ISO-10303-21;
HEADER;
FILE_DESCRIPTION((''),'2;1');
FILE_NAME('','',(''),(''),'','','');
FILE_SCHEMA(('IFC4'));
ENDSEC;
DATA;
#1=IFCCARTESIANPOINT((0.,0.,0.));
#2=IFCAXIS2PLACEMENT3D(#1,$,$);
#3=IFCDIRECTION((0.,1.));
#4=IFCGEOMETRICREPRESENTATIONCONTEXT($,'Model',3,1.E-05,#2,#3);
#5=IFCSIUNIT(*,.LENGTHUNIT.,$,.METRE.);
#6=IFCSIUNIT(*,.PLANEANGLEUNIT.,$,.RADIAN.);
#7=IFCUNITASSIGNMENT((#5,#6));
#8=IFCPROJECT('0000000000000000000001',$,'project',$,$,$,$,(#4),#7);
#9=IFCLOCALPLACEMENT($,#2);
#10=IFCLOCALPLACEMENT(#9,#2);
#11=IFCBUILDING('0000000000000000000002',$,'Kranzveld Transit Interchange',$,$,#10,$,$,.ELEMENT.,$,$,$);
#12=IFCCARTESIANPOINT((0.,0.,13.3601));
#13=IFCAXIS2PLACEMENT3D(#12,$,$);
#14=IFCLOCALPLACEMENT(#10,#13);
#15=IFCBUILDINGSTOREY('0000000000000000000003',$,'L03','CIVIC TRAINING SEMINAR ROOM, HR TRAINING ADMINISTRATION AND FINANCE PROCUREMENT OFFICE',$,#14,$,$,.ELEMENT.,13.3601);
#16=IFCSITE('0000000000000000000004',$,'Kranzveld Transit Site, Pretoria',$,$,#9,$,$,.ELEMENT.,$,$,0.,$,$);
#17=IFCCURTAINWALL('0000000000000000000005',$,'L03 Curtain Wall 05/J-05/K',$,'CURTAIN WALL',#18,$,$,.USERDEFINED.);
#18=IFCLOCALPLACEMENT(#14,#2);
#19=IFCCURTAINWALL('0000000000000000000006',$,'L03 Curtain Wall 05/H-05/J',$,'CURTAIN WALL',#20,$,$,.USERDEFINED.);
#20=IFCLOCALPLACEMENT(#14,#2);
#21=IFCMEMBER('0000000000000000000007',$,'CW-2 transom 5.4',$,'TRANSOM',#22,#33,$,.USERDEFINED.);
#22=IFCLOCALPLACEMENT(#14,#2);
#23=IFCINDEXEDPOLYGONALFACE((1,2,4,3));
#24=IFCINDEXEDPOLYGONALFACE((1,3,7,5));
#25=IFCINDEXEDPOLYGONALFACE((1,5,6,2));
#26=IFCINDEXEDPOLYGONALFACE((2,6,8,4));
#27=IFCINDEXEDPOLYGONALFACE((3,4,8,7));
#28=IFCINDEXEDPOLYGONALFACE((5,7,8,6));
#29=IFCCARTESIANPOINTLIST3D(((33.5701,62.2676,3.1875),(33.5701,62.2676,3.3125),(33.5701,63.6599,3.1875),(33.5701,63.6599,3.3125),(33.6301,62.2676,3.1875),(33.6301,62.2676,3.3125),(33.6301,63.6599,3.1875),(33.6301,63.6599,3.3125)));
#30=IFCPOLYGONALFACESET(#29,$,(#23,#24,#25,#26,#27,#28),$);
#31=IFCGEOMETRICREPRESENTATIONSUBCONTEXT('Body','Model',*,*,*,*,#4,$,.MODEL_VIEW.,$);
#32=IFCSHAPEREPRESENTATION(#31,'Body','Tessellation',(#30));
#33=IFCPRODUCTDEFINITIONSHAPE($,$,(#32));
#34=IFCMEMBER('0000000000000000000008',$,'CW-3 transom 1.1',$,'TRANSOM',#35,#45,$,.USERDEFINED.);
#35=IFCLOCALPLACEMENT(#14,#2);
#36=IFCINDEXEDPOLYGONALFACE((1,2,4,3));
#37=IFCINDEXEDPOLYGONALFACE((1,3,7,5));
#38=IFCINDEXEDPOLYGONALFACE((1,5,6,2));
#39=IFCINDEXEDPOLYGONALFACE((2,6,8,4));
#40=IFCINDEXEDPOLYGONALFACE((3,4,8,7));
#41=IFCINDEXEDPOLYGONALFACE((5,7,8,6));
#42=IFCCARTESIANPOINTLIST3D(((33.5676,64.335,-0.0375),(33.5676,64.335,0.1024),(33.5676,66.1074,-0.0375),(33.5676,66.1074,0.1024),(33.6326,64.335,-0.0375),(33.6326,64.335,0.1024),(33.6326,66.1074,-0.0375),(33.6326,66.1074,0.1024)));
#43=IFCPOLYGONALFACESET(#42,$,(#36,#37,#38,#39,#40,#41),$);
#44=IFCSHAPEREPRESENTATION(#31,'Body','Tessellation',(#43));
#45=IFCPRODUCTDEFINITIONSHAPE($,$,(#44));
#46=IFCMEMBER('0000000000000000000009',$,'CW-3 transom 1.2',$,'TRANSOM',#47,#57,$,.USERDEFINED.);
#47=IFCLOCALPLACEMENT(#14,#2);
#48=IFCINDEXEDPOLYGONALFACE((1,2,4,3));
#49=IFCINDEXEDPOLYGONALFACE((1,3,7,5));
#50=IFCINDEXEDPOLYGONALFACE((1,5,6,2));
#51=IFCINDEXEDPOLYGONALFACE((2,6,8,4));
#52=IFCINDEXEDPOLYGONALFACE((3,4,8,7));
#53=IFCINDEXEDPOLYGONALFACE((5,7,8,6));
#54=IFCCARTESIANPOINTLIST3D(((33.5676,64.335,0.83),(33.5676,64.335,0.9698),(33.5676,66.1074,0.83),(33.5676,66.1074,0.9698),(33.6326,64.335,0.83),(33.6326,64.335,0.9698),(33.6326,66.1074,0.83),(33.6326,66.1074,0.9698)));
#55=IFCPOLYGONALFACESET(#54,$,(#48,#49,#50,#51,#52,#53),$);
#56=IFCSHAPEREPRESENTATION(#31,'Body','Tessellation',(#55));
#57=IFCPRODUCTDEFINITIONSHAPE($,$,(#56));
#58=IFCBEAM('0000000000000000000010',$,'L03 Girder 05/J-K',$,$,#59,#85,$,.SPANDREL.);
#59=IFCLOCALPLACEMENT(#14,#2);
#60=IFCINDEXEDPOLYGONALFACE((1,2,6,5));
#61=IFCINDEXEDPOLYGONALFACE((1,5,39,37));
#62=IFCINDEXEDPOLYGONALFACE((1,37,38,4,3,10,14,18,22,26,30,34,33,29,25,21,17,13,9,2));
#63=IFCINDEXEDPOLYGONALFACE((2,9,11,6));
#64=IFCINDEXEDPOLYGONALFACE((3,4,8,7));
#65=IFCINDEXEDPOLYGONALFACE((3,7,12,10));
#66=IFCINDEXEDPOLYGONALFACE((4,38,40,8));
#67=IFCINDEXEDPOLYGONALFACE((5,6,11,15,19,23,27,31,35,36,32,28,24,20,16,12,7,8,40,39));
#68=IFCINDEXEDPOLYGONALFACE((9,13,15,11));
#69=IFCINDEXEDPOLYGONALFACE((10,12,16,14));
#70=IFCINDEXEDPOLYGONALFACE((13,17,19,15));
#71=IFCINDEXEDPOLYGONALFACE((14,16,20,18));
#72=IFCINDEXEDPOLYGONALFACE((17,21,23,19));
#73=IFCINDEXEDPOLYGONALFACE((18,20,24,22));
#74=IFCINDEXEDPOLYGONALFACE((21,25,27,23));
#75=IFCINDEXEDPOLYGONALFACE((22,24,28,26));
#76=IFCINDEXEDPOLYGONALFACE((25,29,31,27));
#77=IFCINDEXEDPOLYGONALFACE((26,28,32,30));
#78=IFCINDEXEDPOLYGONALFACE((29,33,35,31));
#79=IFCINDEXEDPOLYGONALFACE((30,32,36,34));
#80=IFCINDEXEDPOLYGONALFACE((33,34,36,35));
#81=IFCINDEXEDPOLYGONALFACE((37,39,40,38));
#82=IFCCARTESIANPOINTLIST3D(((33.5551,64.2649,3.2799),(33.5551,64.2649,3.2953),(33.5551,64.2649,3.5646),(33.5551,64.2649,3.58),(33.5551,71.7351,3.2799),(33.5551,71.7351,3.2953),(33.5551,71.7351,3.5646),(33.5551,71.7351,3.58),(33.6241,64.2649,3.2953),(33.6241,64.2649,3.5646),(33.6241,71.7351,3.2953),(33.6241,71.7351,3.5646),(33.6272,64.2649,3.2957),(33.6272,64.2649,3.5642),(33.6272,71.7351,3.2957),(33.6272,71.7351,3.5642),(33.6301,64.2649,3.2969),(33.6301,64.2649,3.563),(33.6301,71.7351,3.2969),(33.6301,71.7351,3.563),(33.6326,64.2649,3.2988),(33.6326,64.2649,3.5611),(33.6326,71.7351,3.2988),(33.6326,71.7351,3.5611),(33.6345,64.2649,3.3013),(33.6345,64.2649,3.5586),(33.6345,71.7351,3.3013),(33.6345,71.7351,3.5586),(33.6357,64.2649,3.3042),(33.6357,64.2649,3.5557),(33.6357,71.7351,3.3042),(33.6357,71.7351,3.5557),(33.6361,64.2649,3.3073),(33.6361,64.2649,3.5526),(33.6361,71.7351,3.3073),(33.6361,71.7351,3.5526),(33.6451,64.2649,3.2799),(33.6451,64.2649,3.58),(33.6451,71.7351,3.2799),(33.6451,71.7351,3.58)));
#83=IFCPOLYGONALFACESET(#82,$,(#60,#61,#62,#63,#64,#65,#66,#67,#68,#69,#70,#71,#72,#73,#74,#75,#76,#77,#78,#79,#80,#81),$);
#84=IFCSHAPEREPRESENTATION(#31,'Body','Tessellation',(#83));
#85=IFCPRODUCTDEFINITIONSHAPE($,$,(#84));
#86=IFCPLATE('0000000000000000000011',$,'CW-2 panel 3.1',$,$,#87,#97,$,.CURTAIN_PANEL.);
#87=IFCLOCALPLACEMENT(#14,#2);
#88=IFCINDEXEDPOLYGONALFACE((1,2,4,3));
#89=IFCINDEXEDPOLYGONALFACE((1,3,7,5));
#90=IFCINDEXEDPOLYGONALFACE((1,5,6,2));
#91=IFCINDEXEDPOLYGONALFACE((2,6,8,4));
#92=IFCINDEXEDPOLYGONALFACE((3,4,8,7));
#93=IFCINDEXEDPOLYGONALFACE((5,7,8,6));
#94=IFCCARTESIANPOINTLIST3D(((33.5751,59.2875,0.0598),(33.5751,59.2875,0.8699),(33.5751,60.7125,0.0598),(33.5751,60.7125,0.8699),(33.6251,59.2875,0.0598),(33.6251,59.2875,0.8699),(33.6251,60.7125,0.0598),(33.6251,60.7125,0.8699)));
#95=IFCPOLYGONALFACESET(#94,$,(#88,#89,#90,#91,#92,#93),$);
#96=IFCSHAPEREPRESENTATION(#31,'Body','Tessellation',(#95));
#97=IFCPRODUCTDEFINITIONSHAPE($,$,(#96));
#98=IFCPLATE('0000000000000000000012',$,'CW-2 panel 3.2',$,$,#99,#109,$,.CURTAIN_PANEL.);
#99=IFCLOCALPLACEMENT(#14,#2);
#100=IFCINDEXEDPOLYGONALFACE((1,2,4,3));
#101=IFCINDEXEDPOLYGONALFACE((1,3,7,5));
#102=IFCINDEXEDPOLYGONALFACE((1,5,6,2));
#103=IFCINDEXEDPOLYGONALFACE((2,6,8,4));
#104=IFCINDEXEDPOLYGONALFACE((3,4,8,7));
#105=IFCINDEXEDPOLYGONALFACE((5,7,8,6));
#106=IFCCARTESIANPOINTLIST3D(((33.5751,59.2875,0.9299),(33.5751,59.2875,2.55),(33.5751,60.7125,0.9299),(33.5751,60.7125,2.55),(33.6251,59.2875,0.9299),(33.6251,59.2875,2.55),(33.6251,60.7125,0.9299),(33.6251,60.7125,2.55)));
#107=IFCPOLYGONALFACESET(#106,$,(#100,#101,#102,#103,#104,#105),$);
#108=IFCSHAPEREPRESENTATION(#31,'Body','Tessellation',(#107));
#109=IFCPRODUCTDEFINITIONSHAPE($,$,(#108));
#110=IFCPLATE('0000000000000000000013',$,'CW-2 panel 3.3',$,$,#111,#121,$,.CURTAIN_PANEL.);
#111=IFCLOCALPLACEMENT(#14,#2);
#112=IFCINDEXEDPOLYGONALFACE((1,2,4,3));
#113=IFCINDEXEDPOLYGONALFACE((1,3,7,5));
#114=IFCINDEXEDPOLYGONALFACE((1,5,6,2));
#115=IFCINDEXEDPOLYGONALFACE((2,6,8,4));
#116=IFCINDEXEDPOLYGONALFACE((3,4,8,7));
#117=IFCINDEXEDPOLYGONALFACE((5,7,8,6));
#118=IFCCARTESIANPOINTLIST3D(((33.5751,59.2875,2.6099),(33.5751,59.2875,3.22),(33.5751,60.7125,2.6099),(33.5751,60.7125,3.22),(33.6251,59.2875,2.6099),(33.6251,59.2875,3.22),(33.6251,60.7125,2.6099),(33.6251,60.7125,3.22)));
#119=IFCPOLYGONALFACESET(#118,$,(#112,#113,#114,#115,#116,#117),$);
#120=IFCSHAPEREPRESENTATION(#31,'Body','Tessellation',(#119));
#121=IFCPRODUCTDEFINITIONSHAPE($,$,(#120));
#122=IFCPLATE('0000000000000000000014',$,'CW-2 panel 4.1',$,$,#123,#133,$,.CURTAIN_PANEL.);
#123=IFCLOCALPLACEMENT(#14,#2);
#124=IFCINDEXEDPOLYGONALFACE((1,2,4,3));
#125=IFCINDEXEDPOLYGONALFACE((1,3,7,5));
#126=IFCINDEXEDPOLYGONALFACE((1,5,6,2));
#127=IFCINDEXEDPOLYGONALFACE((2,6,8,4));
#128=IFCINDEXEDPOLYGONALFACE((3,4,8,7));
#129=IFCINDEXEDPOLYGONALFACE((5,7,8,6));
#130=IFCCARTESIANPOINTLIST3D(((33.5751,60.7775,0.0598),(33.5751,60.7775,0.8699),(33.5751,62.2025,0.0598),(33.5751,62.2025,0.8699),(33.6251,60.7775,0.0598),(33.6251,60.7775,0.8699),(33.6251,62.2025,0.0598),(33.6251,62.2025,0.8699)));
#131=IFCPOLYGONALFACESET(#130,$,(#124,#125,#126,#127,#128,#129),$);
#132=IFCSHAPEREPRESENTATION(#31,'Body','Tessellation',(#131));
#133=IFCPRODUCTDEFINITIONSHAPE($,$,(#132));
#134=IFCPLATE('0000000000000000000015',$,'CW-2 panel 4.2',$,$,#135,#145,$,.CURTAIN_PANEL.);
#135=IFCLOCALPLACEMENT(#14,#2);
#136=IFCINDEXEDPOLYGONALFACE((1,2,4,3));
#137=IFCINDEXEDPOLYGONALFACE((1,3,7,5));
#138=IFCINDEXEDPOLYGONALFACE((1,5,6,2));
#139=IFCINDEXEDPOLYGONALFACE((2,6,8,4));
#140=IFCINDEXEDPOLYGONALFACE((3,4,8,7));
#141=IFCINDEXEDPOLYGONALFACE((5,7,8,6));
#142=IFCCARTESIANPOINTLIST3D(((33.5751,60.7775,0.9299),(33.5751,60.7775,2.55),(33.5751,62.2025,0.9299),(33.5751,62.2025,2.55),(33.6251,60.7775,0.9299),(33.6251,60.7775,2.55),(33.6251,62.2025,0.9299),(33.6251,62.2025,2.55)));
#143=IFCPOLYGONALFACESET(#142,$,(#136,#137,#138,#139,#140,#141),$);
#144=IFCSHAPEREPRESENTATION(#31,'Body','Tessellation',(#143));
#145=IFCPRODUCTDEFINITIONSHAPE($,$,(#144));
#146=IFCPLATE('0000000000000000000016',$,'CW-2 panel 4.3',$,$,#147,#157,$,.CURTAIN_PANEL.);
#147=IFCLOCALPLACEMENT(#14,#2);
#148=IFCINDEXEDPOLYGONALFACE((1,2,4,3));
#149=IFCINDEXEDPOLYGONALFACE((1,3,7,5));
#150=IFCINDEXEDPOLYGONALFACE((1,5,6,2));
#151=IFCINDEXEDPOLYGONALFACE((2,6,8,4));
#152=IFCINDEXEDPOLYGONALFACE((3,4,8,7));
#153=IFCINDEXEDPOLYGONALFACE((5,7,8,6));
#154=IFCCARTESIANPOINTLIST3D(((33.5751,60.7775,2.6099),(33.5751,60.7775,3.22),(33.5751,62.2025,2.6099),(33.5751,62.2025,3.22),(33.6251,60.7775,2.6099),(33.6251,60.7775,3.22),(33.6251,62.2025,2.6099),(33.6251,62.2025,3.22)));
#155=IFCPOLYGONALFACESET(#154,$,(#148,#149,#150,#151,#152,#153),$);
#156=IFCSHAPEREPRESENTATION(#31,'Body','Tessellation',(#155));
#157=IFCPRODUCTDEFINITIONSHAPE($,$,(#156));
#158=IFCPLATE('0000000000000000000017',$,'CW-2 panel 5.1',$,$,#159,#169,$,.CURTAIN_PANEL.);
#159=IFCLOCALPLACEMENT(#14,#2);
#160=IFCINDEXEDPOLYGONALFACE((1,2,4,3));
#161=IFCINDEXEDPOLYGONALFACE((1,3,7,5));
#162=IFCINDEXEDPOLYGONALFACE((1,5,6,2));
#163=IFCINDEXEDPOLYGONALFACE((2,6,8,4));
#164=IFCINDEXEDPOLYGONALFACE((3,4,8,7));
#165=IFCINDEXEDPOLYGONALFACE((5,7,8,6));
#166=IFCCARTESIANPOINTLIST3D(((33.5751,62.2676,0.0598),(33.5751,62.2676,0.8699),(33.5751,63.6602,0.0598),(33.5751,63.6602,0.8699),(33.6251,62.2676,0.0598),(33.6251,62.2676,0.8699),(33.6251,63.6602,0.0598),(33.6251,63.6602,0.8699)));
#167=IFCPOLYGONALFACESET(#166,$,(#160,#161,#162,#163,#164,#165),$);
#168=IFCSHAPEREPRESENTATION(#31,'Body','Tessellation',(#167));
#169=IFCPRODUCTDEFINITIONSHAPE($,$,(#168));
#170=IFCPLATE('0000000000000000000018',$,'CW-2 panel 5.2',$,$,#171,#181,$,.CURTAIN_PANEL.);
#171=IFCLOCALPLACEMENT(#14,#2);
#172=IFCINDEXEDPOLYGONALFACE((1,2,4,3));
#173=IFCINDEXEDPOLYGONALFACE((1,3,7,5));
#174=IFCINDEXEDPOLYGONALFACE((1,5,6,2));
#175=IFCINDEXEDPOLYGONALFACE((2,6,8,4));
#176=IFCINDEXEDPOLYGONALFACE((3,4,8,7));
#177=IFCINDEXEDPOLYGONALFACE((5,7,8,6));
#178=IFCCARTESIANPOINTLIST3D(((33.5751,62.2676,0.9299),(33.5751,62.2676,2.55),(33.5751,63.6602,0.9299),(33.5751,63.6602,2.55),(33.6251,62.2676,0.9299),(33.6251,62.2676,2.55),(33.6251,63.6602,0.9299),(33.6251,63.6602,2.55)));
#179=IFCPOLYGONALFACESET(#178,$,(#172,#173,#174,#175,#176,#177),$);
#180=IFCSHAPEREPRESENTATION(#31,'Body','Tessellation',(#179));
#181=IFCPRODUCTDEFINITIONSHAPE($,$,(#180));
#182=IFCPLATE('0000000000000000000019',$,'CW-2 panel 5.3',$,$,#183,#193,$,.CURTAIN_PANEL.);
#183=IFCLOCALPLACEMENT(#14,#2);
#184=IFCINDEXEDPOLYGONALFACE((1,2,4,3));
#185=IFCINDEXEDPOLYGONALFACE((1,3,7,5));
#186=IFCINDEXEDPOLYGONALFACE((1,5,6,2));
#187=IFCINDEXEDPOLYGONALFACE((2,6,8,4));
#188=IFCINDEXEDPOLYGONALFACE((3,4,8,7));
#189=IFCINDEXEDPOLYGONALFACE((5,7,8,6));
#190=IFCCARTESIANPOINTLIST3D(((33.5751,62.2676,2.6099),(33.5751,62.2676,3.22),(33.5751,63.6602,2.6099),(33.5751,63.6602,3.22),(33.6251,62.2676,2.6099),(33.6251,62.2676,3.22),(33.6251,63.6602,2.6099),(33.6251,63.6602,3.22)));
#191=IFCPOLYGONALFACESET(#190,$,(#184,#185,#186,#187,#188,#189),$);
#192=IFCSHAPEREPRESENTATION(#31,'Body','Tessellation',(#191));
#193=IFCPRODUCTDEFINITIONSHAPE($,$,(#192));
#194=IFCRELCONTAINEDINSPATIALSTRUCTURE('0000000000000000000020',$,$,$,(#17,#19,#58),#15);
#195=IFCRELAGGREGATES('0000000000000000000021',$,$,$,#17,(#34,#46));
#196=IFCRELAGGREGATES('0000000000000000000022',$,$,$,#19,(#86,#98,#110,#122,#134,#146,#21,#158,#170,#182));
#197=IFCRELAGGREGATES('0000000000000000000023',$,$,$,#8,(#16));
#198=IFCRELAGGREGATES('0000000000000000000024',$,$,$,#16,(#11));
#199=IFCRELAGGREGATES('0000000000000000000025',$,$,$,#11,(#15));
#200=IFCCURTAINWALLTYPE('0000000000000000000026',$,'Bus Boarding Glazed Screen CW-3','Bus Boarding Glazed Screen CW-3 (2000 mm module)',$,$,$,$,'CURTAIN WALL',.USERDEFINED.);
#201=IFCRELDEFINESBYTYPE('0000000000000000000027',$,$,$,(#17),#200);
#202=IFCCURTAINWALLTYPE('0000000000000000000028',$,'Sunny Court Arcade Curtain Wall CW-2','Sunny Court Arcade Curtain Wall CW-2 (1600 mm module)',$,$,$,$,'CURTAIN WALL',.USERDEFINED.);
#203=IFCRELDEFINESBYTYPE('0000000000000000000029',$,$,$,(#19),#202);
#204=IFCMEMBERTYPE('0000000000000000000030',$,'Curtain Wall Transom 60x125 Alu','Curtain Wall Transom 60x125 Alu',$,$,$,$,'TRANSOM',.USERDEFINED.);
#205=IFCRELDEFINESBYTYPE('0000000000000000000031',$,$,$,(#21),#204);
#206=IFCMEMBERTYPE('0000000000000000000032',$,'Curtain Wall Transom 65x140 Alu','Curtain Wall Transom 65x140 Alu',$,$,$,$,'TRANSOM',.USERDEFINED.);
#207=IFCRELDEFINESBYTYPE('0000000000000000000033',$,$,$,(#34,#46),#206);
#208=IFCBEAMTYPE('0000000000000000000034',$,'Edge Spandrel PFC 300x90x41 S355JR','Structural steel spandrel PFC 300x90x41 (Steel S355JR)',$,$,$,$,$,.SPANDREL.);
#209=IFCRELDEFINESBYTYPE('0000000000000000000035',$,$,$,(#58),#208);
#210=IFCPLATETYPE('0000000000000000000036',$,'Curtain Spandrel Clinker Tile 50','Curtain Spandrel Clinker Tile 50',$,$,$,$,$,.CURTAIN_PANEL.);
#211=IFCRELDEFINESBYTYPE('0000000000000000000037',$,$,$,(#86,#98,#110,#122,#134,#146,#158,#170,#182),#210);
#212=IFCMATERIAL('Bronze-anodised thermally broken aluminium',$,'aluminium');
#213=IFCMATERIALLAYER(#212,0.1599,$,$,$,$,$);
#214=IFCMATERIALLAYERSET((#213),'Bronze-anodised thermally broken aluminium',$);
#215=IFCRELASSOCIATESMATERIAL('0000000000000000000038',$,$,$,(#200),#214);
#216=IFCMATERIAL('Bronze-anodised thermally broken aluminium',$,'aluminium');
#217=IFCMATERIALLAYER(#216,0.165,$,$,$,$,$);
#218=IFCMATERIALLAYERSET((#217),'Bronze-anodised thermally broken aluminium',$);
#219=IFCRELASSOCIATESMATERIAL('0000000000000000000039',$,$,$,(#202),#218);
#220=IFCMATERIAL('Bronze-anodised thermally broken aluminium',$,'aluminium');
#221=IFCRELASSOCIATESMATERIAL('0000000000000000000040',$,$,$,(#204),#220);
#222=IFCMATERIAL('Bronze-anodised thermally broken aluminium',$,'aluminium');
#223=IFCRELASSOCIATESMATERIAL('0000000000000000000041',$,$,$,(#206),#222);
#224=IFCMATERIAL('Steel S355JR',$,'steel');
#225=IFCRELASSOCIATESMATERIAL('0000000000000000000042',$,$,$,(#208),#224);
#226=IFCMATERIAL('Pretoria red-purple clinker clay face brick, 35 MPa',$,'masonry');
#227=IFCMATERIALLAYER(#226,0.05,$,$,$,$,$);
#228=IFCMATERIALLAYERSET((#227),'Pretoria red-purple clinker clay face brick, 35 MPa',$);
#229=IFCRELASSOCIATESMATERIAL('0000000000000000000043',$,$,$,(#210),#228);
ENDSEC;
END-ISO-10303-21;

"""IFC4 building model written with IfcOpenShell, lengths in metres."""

from ifc_helpers import new_model, si_unit, direction, frame, origin, origin_2d, place, context, subcontext, project, spatial, rectangle, u_section, extrude, material, layer, layer_set, material_profile, profile_set, type_object, element, aggregate, save


model = new_model("IFC4")

# Units and contexts
model_context = context("Model", 3, precision=1e-05, world=origin(), true_north=direction((0.0, 1.0)))
body_context = subcontext(model_context, "Body", "Model", "MODEL_VIEW")
ifc_project = project(units=[si_unit("LENGTHUNIT", "METRE"), si_unit("PLANEANGLEUNIT", "RADIAN")], contexts=[model_context])

# Site, building, storey
site_placement = place(None, origin())
site = spatial("IfcSite", under=ifc_project, at=site_placement, Name="Kranzveld Transit Site, Pretoria", CompositionType="ELEMENT", RefElevation=0.0)
building_placement = place(site_placement, origin())
building = spatial("IfcBuilding", under=site, at=building_placement, Name="Kranzveld Transit Interchange", CompositionType="ELEMENT")
storey_placement = place(building_placement, frame((0.0, 0.0, 13.3601)))
storey = spatial("IfcBuildingStorey", under=building, at=storey_placement, Name="L03", Description="CIVIC TRAINING SEMINAR ROOM, HR TRAINING ADMINISTRATION AND FINANCE PROCUREMENT OFFICE", CompositionType="ELEMENT", Elevation=13.3601)

# Curtain wall
ifc_material_1 = material(Name="Bronze-anodised thermally broken aluminium", Category="aluminium")
ifc_layer_1 = layer(ifc_material_1, 0.1599)
ifc_layer_set_1 = layer_set([ifc_layer_1], Name="Bronze-anodised thermally broken aluminium")
curtain_wall_type_1 = type_object("IfcCurtainWallType", Name="Bus Boarding Glazed Screen CW-3", Description="Bus Boarding Glazed Screen CW-3 (2000 mm module)", ElementType="CURTAIN WALL", PredefinedType="USERDEFINED", material=ifc_layer_set_1)
curtain_wall_1_placement = place(storey_placement, origin())
curtain_wall_1 = element("IfcCurtainWall", 1, at=curtain_wall_1_placement, inside=storey, type_object=curtain_wall_type_1, Name="L03 Curtain Wall 05/J-05/K", ObjectType="CURTAIN WALL", PredefinedType="USERDEFINED")

# Curtain wall, member
ifc_material_2 = material(Name="Bronze-anodised thermally broken aluminium", Category="aluminium")
ifc_layer_2 = layer(ifc_material_2, 0.165)
ifc_layer_set_2 = layer_set([ifc_layer_2], Name="Bronze-anodised thermally broken aluminium")
curtain_wall_type_2 = type_object("IfcCurtainWallType", Name="Sunny Court Arcade Curtain Wall CW-2", Description="Sunny Court Arcade Curtain Wall CW-2 (1600 mm module)", ElementType="CURTAIN WALL", PredefinedType="USERDEFINED", material=ifc_layer_set_2)
curtain_wall_2_placement = place(storey_placement, origin())
curtain_wall_2 = element("IfcCurtainWall", 2, at=curtain_wall_2_placement, inside=storey, type_object=curtain_wall_type_2, Name="L03 Curtain Wall 05/H-05/J", ObjectType="CURTAIN WALL", PredefinedType="USERDEFINED")
ifc_material_3 = material(Name="Bronze-anodised thermally broken aluminium", Category="aluminium")
ifc_material_profile_1 = material_profile(ifc_material_3, rectangle(XDim=0.0601, YDim=0.125, at=origin_2d()), Name="ALU TRANSOM 60x125")
ifc_profile_set_1 = profile_set([ifc_material_profile_1], Name="Bronze-anodised thermally broken aluminium")
member_type_1 = type_object("IfcMemberType", Name="Curtain Wall Transom 60x125 Alu", Description="Curtain Wall Transom 60x125 Alu", ElementType="TRANSOM", PredefinedType="USERDEFINED", material=ifc_profile_set_1)
member_1_placement = place(storey_placement, frame((33.6001, 62.2676, 3.25), z_axis=(0.0, 1.0, 0.0), x_axis=(-1.0, 0.0, 0.0)))
member_1 = element("IfcMember", 3, at=member_1_placement, type_object=member_type_1, Name="CW-2 transom 5.4", ObjectType="TRANSOM", PredefinedType="USERDEFINED", context=body_context, shape_type="SweptSolid", body=[
    extrude(rectangle(XDim=0.0601, YDim=0.125, at=origin_2d()), origin(), (0.0, 0.0, 1.0), 1.3923),
])

# Members
ifc_material_4 = material(Name="Bronze-anodised thermally broken aluminium", Category="aluminium")
ifc_material_profile_2 = material_profile(ifc_material_4, rectangle(XDim=0.0649, YDim=0.1399, at=origin_2d()), Name="ALU TRANSOM 65x140")
ifc_profile_set_2 = profile_set([ifc_material_profile_2], Name="Bronze-anodised thermally broken aluminium")
member_type_2 = type_object("IfcMemberType", Name="Curtain Wall Transom 65x140 Alu", Description="Curtain Wall Transom 65x140 Alu", ElementType="TRANSOM", PredefinedType="USERDEFINED", material=ifc_profile_set_2)
member_2_placement = place(storey_placement, frame((33.6001, 64.335, 0.0325), z_axis=(0.0, 1.0, 0.0), x_axis=(-1.0, 0.0, 0.0)))
member_2 = element("IfcMember", 4, at=member_2_placement, type_object=member_type_2, Name="CW-3 transom 1.1", ObjectType="TRANSOM", PredefinedType="USERDEFINED", context=body_context, shape_type="SweptSolid", body=[
    extrude(rectangle(XDim=0.0649, YDim=0.1399, at=origin_2d()), origin(), (0.0, 0.0, 1.0), 1.7725),
])
member_3_placement = place(storey_placement, frame((33.6001, 64.335, 0.8999), z_axis=(0.0, 1.0, 0.0), x_axis=(-1.0, 0.0, 0.0)))
member_3 = element("IfcMember", 5, at=member_3_placement, type_object=member_type_2, Name="CW-3 transom 1.2", ObjectType="TRANSOM", PredefinedType="USERDEFINED", context=body_context, shape_type="SweptSolid", body=[
    extrude(rectangle(XDim=0.0649, YDim=0.1399, at=origin_2d()), origin(), (0.0, 0.0, 1.0), 1.7725),
])
aggregate(curtain_wall_1, [member_2, member_3])

# Beam
ifc_material_5 = material(Name="Steel S355JR", Category="steel")
ifc_material_profile_3 = material_profile(ifc_material_5, u_section(Depth=0.3, FlangeWidth=0.0901, WebThickness=0.009, FlangeThickness=0.0154, FilletRadius=0.012, at=origin_2d()), Name="PFC 300x90x41")
ifc_profile_set_3 = profile_set([ifc_material_profile_3], Name="Steel S355JR")
beam_type = type_object("IfcBeamType", Name="Edge Spandrel PFC 300x90x41 S355JR", Description="Structural steel spandrel PFC 300x90x41 (Steel S355JR)", PredefinedType="SPANDREL", material=ifc_profile_set_3)
beam_placement = place(storey_placement, frame((33.6001, 64.2649, 3.4299), z_axis=(0.0, 1.0, 0.0), x_axis=(-1.0, 0.0, 0.0)))
element("IfcBeam", 6, at=beam_placement, inside=storey, type_object=beam_type, Name="L03 Girder 05/J-K", PredefinedType="SPANDREL", context=body_context, shape_type="SweptSolid", body=[
    extrude(u_section(Depth=0.3, FlangeWidth=0.0901, WebThickness=0.009, FlangeThickness=0.0154, FilletRadius=0.012, at=origin_2d()), origin(), (0.0, 0.0, 1.0), 7.4702),
])

# Plates
ifc_material_6 = material(Name="Pretoria red-purple clinker clay face brick, 35 MPa", Category="masonry")
ifc_layer_3 = layer(ifc_material_6, 0.05)
ifc_layer_set_3 = layer_set([ifc_layer_3], Name="Pretoria red-purple clinker clay face brick, 35 MPa")
plate_type = type_object("IfcPlateType", Name="Curtain Spandrel Clinker Tile 50", Description="Curtain Spandrel Clinker Tile 50", PredefinedType="CURTAIN_PANEL", material=ifc_layer_set_3)
plate_1_placement = place(storey_placement, frame((33.6001, 60.0, 0.0598), z_axis=(0.0, 0.0, 1.0), x_axis=(0.0, 1.0, 0.0)))
plate_1 = element("IfcPlate", 7, at=plate_1_placement, type_object=plate_type, Name="CW-2 panel 3.1", PredefinedType="CURTAIN_PANEL", context=body_context, shape_type="SweptSolid", body=[
    extrude(rectangle(XDim=1.425, YDim=0.05, at=origin_2d()), origin(), (0.0, 0.0, 1.0), 0.8101),
])
plate_2_placement = place(storey_placement, frame((33.6001, 60.0, 0.9299), z_axis=(0.0, 0.0, 1.0), x_axis=(0.0, 1.0, 0.0)))
plate_2 = element("IfcPlate", 8, at=plate_2_placement, type_object=plate_type, Name="CW-2 panel 3.2", PredefinedType="CURTAIN_PANEL", context=body_context, shape_type="SweptSolid", body=[
    extrude(rectangle(XDim=1.425, YDim=0.05, at=origin_2d()), origin(), (0.0, 0.0, 1.0), 1.6201),
])
plate_3_placement = place(storey_placement, frame((33.6001, 60.0, 2.6099), z_axis=(0.0, 0.0, 1.0), x_axis=(0.0, 1.0, 0.0)))
plate_3 = element("IfcPlate", 9, at=plate_3_placement, type_object=plate_type, Name="CW-2 panel 3.3", PredefinedType="CURTAIN_PANEL", context=body_context, shape_type="SweptSolid", body=[
    extrude(rectangle(XDim=1.425, YDim=0.05, at=origin_2d()), origin(), (0.0, 0.0, 1.0), 0.6101),
])
plate_4_placement = place(storey_placement, frame((33.6001, 61.49, 0.0598), z_axis=(0.0, 0.0, 1.0), x_axis=(0.0, 1.0, 0.0)))
plate_4 = element("IfcPlate", 10, at=plate_4_placement, type_object=plate_type, Name="CW-2 panel 4.1", PredefinedType="CURTAIN_PANEL", context=body_context, shape_type="SweptSolid", body=[
    extrude(rectangle(XDim=1.425, YDim=0.05, at=origin_2d()), origin(), (0.0, 0.0, 1.0), 0.8101),
])
plate_5_placement = place(storey_placement, frame((33.6001, 61.49, 0.9299), z_axis=(0.0, 0.0, 1.0), x_axis=(0.0, 1.0, 0.0)))
plate_5 = element("IfcPlate", 11, at=plate_5_placement, type_object=plate_type, Name="CW-2 panel 4.2", PredefinedType="CURTAIN_PANEL", context=body_context, shape_type="SweptSolid", body=[
    extrude(rectangle(XDim=1.425, YDim=0.05, at=origin_2d()), origin(), (0.0, 0.0, 1.0), 1.6201),
])
plate_6_placement = place(storey_placement, frame((33.6001, 61.49, 2.6099), z_axis=(0.0, 0.0, 1.0), x_axis=(0.0, 1.0, 0.0)))
plate_6 = element("IfcPlate", 12, at=plate_6_placement, type_object=plate_type, Name="CW-2 panel 4.3", PredefinedType="CURTAIN_PANEL", context=body_context, shape_type="SweptSolid", body=[
    extrude(rectangle(XDim=1.425, YDim=0.05, at=origin_2d()), origin(), (0.0, 0.0, 1.0), 0.6101),
])
plate_7_placement = place(storey_placement, frame((33.6001, 62.9639, 0.0598), z_axis=(0.0, 0.0, 1.0), x_axis=(0.0, 1.0, 0.0)))
plate_7 = element("IfcPlate", 13, at=plate_7_placement, type_object=plate_type, Name="CW-2 panel 5.1", PredefinedType="CURTAIN_PANEL", context=body_context, shape_type="SweptSolid", body=[
    extrude(rectangle(XDim=1.3926, YDim=0.05, at=origin_2d()), origin(), (0.0, 0.0, 1.0), 0.8101),
])
plate_8_placement = place(storey_placement, frame((33.6001, 62.9639, 0.9299), z_axis=(0.0, 0.0, 1.0), x_axis=(0.0, 1.0, 0.0)))
plate_8 = element("IfcPlate", 14, at=plate_8_placement, type_object=plate_type, Name="CW-2 panel 5.2", PredefinedType="CURTAIN_PANEL", context=body_context, shape_type="SweptSolid", body=[
    extrude(rectangle(XDim=1.3926, YDim=0.05, at=origin_2d()), origin(), (0.0, 0.0, 1.0), 1.6201),
])
plate_9_placement = place(storey_placement, frame((33.6001, 62.9639, 2.6099), z_axis=(0.0, 0.0, 1.0), x_axis=(0.0, 1.0, 0.0)))
plate_9 = element("IfcPlate", 15, at=plate_9_placement, type_object=plate_type, Name="CW-2 panel 5.3", PredefinedType="CURTAIN_PANEL", context=body_context, shape_type="SweptSolid", body=[
    extrude(rectangle(XDim=1.3926, YDim=0.05, at=origin_2d()), origin(), (0.0, 0.0, 1.0), 0.6101),
])
aggregate(curtain_wall_2, [plate_1, plate_2, plate_3, plate_4, plate_5, plate_6, member_1, plate_7, plate_8, plate_9])

save(model, "model.ifc")
